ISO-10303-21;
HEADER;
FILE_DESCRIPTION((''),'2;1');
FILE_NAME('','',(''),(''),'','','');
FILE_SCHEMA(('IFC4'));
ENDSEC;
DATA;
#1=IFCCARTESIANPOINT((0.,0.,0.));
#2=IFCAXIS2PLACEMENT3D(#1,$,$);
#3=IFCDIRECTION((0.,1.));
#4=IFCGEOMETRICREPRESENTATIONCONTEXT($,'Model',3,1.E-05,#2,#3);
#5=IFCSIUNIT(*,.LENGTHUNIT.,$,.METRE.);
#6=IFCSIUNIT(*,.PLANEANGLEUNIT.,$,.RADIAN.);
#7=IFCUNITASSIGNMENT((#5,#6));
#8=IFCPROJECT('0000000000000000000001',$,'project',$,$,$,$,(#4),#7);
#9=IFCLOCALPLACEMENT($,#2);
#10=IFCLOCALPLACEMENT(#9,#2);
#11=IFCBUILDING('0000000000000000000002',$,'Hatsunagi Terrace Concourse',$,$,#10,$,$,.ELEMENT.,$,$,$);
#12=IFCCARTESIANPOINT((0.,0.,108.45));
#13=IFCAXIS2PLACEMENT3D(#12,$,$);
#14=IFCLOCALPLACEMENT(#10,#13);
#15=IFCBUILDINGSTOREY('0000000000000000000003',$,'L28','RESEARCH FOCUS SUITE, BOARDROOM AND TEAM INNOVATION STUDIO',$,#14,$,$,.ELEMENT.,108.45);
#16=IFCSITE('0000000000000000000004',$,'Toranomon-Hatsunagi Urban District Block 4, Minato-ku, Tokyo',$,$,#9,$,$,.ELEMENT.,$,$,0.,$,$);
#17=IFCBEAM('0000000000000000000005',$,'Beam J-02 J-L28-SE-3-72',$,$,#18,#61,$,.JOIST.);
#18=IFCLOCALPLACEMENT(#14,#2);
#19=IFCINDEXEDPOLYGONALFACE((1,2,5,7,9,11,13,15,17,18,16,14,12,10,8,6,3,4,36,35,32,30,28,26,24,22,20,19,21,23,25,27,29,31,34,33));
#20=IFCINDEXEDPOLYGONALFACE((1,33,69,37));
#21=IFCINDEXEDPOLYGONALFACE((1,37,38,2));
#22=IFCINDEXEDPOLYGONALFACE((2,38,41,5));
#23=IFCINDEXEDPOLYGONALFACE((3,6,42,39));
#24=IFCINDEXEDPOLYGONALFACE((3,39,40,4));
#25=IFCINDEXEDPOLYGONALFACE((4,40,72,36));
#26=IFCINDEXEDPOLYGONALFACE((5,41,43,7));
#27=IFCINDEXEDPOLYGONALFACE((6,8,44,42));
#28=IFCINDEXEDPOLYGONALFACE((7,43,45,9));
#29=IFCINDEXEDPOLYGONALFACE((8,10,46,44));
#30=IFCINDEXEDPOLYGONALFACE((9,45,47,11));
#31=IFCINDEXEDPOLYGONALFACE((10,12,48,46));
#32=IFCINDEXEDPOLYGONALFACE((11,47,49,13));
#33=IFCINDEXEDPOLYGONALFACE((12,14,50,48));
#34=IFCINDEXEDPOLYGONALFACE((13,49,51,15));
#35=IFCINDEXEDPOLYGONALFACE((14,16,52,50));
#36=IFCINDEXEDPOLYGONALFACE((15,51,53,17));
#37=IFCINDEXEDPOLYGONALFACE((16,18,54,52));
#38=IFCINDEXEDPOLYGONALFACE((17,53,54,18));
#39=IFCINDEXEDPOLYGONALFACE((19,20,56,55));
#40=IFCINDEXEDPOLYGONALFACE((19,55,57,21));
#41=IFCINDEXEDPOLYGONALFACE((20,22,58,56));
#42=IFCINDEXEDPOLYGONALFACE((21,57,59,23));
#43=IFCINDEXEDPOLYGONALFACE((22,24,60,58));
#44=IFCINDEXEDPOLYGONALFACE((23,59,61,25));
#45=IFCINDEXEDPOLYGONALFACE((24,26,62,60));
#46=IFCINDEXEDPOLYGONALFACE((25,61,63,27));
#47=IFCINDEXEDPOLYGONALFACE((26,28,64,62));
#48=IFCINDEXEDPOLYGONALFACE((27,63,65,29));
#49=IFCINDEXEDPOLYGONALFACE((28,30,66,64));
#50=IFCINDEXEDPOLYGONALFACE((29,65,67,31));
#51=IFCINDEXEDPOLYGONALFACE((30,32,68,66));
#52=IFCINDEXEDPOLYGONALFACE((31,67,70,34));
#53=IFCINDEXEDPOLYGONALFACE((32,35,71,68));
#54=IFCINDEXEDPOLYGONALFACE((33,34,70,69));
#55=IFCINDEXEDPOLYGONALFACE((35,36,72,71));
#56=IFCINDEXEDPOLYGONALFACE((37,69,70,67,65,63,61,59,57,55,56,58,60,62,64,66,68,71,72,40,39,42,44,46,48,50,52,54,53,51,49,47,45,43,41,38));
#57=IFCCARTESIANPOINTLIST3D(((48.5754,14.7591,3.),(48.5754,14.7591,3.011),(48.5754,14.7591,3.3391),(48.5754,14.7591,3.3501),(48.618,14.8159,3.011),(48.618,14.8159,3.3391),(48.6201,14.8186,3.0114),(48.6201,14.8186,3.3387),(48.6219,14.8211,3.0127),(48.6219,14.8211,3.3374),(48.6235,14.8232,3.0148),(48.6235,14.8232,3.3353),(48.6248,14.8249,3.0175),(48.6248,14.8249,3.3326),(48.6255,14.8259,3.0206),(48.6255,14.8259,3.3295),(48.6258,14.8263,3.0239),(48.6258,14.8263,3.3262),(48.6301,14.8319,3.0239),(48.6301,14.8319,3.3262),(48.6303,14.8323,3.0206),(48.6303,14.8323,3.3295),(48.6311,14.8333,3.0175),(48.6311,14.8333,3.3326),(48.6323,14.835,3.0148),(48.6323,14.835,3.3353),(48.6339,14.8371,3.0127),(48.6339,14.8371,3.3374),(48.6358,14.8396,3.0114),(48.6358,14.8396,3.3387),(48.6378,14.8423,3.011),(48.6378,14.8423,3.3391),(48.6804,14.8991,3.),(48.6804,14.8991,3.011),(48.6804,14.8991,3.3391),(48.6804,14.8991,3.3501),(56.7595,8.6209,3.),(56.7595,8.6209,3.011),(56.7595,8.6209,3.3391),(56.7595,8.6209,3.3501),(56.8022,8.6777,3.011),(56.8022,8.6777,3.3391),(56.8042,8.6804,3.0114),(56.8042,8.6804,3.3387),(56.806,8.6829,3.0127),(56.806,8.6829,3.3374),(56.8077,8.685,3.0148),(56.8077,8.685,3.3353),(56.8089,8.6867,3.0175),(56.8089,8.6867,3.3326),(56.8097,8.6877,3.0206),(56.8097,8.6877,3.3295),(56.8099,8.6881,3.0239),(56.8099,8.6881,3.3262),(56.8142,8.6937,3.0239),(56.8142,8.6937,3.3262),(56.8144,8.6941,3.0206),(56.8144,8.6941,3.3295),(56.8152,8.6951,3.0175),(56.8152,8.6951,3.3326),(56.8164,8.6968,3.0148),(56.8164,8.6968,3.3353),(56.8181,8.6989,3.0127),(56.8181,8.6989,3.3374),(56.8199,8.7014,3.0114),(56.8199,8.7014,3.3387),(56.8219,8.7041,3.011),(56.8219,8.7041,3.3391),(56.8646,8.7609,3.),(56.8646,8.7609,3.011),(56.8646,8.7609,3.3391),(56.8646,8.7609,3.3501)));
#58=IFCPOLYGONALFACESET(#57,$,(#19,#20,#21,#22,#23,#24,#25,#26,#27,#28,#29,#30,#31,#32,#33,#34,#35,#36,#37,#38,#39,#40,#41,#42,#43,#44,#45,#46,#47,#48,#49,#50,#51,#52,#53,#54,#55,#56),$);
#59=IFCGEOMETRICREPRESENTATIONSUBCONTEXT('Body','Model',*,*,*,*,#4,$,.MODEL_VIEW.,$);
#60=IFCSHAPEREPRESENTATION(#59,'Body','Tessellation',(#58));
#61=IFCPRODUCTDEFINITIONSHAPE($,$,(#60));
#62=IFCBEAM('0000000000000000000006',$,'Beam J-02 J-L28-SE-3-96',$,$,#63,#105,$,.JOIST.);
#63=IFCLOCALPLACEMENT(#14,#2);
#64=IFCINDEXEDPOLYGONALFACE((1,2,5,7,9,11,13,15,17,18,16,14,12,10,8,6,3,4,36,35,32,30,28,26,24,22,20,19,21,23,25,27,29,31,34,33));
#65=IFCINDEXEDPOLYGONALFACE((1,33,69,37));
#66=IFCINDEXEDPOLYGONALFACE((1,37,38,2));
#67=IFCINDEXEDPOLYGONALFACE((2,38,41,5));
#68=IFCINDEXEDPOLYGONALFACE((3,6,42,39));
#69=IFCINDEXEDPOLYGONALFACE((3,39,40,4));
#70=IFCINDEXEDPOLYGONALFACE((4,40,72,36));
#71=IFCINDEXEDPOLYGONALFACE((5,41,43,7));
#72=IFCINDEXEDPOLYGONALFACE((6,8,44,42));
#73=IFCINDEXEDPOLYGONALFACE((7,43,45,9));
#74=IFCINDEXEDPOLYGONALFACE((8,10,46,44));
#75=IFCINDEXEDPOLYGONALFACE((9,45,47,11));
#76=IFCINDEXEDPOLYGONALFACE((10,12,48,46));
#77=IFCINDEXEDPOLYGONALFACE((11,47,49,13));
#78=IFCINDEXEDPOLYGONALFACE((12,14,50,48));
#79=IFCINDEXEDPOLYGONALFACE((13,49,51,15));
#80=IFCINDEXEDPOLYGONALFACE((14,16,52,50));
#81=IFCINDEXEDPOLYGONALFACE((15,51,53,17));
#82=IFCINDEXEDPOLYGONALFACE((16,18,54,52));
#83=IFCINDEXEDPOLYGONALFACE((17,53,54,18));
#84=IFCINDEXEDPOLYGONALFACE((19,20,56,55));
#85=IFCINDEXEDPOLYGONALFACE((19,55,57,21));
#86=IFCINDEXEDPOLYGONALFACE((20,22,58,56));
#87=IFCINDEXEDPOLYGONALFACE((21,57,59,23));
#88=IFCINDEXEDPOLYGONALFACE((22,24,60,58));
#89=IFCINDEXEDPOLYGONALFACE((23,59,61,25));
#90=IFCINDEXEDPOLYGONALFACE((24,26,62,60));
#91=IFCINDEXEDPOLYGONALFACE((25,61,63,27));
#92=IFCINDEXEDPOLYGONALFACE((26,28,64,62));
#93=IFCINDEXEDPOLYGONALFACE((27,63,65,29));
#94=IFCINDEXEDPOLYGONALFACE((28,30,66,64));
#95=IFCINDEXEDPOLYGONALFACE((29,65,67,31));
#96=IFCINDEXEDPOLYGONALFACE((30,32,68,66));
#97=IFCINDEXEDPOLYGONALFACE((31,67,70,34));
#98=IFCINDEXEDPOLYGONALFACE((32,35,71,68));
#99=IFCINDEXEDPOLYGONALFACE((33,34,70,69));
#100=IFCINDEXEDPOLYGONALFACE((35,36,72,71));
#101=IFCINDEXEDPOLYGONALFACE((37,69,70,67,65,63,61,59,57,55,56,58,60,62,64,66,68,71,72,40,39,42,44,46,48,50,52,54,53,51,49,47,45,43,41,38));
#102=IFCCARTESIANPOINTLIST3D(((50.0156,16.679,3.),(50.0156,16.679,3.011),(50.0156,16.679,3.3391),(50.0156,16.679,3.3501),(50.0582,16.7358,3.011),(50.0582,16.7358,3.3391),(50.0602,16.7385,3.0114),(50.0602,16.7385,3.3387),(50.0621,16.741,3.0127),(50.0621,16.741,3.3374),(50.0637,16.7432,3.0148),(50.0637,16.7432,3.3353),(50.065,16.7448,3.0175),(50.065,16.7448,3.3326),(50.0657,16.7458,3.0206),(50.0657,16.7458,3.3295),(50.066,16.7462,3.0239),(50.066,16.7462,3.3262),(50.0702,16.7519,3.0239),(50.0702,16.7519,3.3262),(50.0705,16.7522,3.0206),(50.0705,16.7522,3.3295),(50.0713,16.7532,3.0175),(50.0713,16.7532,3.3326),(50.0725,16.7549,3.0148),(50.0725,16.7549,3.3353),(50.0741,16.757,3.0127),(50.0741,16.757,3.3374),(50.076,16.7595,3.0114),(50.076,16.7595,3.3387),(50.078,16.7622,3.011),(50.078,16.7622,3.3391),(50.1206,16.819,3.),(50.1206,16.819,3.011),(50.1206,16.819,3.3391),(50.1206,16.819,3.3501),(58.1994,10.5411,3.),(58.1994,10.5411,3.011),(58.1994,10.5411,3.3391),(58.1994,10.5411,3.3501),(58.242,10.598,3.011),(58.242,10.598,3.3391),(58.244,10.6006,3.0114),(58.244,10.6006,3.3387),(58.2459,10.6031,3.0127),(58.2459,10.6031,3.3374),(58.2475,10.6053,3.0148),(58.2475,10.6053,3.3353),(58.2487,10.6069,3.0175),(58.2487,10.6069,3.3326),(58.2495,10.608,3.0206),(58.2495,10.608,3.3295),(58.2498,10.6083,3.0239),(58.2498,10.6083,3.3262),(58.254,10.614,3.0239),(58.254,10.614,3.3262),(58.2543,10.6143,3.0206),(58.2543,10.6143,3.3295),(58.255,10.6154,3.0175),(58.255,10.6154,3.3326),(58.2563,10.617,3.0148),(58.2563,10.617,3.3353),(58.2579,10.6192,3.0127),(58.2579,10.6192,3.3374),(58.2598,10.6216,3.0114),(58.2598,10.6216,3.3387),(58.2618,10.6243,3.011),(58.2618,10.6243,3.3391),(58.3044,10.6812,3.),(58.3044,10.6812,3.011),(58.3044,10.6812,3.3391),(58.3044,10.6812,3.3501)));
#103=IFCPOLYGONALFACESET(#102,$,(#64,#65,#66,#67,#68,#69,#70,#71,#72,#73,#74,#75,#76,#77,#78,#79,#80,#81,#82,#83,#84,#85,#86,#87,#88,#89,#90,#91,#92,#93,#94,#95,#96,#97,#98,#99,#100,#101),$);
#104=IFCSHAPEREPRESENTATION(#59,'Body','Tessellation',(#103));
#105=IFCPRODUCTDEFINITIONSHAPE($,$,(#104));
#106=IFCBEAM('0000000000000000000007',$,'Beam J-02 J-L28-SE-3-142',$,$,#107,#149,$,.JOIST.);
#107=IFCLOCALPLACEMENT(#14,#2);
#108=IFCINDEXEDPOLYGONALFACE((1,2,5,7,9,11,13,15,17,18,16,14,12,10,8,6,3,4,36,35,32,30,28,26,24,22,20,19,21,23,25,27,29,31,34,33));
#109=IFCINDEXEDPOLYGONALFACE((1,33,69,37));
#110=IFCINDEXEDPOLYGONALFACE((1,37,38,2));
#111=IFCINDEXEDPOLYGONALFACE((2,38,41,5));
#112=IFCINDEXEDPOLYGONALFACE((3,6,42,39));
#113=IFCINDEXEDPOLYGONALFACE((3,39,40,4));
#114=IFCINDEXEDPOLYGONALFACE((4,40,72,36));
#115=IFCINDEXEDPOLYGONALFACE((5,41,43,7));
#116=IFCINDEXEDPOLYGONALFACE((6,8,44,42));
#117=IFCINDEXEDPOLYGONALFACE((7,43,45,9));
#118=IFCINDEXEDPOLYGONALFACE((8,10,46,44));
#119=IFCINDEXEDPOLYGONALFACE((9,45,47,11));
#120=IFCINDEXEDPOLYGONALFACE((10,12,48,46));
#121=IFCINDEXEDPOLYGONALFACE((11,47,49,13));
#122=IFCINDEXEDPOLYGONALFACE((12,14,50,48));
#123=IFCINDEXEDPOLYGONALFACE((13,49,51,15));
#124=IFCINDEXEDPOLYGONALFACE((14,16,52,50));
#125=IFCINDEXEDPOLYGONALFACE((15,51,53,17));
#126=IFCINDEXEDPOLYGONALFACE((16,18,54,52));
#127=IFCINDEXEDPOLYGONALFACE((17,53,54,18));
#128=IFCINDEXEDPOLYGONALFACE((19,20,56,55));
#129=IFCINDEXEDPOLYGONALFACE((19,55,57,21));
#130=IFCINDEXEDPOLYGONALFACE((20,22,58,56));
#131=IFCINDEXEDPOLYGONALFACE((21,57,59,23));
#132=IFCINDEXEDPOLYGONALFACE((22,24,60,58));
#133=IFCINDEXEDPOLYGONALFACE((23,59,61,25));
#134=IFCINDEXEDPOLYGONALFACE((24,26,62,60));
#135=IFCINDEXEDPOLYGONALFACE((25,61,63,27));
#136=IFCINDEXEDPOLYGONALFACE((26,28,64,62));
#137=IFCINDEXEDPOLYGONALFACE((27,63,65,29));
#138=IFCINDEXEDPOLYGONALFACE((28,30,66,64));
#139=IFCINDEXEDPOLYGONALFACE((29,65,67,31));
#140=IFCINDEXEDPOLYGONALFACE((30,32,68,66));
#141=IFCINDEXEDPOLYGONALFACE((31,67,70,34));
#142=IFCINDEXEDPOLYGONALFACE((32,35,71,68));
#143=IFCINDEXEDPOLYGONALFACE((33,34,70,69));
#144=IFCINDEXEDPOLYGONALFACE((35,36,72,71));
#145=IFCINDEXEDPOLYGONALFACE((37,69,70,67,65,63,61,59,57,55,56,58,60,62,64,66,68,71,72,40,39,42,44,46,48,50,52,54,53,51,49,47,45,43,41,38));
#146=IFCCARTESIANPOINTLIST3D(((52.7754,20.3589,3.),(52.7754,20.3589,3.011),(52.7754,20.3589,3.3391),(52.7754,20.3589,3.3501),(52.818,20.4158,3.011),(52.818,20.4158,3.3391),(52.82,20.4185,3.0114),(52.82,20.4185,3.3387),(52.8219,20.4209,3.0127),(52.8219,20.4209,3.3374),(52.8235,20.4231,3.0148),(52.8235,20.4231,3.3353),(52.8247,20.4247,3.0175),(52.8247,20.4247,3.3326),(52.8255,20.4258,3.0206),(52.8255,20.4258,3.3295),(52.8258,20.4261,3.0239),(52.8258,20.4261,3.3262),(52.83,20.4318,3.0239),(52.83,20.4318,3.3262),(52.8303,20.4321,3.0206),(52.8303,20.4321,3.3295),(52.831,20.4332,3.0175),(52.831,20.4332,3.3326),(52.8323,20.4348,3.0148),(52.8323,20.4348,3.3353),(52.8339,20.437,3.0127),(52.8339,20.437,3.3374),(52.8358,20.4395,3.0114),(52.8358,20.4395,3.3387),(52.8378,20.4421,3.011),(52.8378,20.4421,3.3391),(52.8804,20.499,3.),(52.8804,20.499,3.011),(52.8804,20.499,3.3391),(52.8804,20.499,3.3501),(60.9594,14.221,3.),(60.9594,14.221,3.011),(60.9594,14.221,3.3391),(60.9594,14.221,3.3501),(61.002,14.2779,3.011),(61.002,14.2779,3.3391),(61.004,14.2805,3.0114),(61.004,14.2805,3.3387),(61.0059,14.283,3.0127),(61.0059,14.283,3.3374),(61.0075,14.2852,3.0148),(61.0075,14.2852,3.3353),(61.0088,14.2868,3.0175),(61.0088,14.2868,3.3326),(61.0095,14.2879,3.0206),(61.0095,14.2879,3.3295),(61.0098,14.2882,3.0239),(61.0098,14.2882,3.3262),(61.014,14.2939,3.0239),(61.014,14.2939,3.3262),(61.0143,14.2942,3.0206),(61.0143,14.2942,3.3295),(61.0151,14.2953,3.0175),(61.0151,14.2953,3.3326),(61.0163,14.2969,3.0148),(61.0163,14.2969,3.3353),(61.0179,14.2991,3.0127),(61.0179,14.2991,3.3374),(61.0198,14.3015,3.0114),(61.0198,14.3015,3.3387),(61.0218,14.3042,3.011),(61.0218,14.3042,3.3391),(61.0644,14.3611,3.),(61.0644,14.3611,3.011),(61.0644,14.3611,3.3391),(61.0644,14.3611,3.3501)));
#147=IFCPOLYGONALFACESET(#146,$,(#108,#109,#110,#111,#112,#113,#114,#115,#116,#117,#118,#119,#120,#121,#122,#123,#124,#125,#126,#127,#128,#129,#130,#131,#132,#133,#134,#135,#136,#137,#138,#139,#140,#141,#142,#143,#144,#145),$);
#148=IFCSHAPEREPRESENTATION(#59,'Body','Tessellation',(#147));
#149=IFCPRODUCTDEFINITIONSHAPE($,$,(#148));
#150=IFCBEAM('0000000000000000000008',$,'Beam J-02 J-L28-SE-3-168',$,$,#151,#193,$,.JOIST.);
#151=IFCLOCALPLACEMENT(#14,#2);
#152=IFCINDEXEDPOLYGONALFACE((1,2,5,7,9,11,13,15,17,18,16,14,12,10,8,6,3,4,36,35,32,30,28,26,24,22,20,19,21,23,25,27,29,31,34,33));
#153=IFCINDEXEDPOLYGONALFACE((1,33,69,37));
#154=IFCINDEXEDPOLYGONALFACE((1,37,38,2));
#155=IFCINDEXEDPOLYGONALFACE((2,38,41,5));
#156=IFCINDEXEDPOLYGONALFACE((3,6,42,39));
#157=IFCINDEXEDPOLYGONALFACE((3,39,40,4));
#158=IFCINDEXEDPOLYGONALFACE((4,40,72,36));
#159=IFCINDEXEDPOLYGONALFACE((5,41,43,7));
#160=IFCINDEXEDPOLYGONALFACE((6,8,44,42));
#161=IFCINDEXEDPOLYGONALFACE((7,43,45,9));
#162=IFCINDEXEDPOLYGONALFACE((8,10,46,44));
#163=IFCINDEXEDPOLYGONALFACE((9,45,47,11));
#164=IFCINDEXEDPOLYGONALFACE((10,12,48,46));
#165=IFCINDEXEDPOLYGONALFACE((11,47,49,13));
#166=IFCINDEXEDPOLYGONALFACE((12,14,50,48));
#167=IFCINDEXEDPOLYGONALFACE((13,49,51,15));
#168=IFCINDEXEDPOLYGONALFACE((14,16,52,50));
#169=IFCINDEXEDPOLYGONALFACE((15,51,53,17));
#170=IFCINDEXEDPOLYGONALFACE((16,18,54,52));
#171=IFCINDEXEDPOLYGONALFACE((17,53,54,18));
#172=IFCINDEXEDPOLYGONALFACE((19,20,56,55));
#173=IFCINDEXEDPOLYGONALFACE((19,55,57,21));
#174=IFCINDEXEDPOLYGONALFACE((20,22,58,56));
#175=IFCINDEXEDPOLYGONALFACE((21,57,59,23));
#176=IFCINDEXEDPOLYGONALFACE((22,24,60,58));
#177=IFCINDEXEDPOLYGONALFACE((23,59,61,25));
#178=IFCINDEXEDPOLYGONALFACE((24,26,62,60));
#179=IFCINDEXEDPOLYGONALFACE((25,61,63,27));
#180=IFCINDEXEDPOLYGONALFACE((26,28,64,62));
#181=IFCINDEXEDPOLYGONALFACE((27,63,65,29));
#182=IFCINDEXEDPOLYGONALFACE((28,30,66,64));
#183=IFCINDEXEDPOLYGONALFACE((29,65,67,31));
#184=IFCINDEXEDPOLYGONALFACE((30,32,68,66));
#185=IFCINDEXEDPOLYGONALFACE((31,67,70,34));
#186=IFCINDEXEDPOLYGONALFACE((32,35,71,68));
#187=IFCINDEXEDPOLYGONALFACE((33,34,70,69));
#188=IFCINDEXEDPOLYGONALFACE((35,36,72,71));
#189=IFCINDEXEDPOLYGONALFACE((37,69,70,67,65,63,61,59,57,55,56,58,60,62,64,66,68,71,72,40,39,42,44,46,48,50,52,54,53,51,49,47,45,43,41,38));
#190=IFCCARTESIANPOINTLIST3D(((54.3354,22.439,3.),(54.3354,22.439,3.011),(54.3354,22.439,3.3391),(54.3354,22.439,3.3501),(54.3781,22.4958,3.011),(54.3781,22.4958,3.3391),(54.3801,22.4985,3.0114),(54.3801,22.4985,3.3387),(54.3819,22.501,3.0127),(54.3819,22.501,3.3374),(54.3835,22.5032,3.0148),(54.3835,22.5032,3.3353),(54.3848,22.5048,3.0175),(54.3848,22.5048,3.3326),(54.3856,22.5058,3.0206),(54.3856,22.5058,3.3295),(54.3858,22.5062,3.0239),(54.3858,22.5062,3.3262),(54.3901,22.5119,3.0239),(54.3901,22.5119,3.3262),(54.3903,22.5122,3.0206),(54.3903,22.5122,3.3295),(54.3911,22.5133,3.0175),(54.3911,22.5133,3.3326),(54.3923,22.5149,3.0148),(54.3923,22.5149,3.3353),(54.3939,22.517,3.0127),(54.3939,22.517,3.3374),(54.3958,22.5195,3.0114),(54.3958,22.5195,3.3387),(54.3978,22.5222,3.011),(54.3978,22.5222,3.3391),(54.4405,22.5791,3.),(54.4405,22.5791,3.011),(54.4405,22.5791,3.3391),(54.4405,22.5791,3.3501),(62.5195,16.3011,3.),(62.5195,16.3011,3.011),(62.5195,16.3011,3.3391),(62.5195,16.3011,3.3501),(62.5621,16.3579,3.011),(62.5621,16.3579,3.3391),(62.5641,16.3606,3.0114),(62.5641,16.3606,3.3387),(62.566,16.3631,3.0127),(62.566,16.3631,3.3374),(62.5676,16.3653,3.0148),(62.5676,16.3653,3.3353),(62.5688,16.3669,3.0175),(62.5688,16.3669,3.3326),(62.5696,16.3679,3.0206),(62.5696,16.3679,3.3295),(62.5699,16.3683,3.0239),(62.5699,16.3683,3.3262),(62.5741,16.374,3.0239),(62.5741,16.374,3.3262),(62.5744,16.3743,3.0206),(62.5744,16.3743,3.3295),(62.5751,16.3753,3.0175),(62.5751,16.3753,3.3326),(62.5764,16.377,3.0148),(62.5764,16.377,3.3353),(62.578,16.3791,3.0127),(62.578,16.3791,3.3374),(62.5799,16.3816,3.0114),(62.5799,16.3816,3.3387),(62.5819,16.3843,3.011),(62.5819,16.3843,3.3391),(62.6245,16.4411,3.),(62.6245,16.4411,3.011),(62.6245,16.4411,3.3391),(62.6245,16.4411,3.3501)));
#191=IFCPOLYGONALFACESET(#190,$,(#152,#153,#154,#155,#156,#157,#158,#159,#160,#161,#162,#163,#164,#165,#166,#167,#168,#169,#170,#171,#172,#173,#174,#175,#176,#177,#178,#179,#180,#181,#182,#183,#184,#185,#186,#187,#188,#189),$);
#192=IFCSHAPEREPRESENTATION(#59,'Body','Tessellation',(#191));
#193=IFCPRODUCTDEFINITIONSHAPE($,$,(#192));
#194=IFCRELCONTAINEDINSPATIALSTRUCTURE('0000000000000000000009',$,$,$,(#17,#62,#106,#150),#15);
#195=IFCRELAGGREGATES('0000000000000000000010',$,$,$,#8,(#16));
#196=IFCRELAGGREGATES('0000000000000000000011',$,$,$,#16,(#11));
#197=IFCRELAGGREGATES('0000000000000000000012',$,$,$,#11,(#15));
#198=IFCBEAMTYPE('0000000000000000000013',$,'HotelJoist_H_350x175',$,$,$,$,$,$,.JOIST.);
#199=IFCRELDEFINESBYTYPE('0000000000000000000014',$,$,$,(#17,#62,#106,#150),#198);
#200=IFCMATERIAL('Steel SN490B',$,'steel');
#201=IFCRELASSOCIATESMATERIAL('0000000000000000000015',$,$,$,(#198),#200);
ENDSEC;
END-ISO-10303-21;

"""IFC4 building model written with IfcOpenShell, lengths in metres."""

from ifc_helpers import new_model, si_unit, direction, frame, origin, origin_2d, place, context, subcontext, project, spatial, i_section, extrude, material, material_profile, profile_set, type_object, element, save


model = new_model("IFC4")

# Units and contexts
model_context = context("Model", 3, precision=1e-05, world=origin(), true_north=direction((0.0, 1.0)))
body_context = subcontext(model_context, "Body", "Model", "MODEL_VIEW")
ifc_project = project(units=[si_unit("LENGTHUNIT", "METRE"), si_unit("PLANEANGLEUNIT", "RADIAN")], contexts=[model_context])

# Site, building, storey
site_placement = place(None, origin())
site = spatial("IfcSite", under=ifc_project, at=site_placement, Name="Toranomon-Hatsunagi Urban District Block 4, Minato-ku, Tokyo", CompositionType="ELEMENT", RefElevation=0.0)
building_placement = place(site_placement, origin())
building = spatial("IfcBuilding", under=site, at=building_placement, Name="Hatsunagi Terrace Concourse", CompositionType="ELEMENT")
storey_placement = place(building_placement, frame((0.0, 0.0, 108.45)))
storey = spatial("IfcBuildingStorey", under=building, at=storey_placement, Name="L28", Description="RESEARCH FOCUS SUITE, BOARDROOM AND TEAM INNOVATION STUDIO", CompositionType="ELEMENT", Elevation=108.45)

# Beams
ifc_material_1 = material(Name="Steel SN490B", Category="steel")
ifc_material_profile_1 = material_profile(ifc_material_1, i_section(OverallWidth=0.175, OverallDepth=0.3501, WebThickness=0.0071, FlangeThickness=0.011, FilletRadius=0.0129, at=origin_2d()), Name="H-350x175x7x11")
ifc_profile_set_1 = profile_set([ifc_material_profile_1], Name="Steel SN490B")
beam_type_1 = type_object("IfcBeamType", Name="HotelJoist_H_350x175", PredefinedType="JOIST", material=ifc_profile_set_1)
beam_1_placement = place(storey_placement, frame((48.6279, 14.8291, 3.175), z_axis=(0.799994, -0.600008, 0.0), x_axis=(0.600008, 0.799994, 0.0)))
element("IfcBeam", 1, at=beam_1_placement, inside=storey, type_object=beam_type_1, Name="Beam J-02 J-L28-SE-3-72", PredefinedType="JOIST", context=body_context, shape_type="SweptSolid", body=[
    extrude(i_section(OverallWidth=0.175, OverallDepth=0.3501, WebThickness=0.0071, FlangeThickness=0.011, FilletRadius=0.0129, at=origin_2d()), origin(), (0.0, 0.0, 1.0), 10.2302),
])
beam_2_placement = place(storey_placement, frame((50.0681, 16.749, 3.175), z_axis=(0.799997, -0.600004, 0.0), x_axis=(0.600004, 0.799997, 0.0)))
element("IfcBeam", 2, at=beam_2_placement, inside=storey, type_object=beam_type_1, Name="Beam J-02 J-L28-SE-3-96", PredefinedType="JOIST", context=body_context, shape_type="SweptSolid", body=[
    extrude(i_section(OverallWidth=0.175, OverallDepth=0.3501, WebThickness=0.0071, FlangeThickness=0.011, FilletRadius=0.0129, at=origin_2d()), origin(), (0.0, 0.0, 1.0), 10.2297),
])
for number, where, z_axis, x_axis, name in (
    (3, (52.8279, 20.429, 3.175), (0.800006, -0.599992, 0.0), (0.599992, 0.800006, 0.0), "Beam J-02 J-L28-SE-3-142"),
    (4, (54.3879, 22.509, 3.175), (0.800006, -0.599992, 0.0), (0.599992, 0.800006, 0.0), "Beam J-02 J-L28-SE-3-168"),
):
    element("IfcBeam", number, at=place(storey_placement, frame(where, z_axis=z_axis, x_axis=x_axis)), inside=storey, type_object=beam_type_1, Name=name, PredefinedType="JOIST", context=body_context, shape_type="SweptSolid", body=[
        extrude(i_section(OverallWidth=0.175, OverallDepth=0.3501, WebThickness=0.0071, FlangeThickness=0.011, FilletRadius=0.0129, at=origin_2d()), origin(), (0.0, 0.0, 1.0), 10.23),
    ])

save(model, "model.ifc")
